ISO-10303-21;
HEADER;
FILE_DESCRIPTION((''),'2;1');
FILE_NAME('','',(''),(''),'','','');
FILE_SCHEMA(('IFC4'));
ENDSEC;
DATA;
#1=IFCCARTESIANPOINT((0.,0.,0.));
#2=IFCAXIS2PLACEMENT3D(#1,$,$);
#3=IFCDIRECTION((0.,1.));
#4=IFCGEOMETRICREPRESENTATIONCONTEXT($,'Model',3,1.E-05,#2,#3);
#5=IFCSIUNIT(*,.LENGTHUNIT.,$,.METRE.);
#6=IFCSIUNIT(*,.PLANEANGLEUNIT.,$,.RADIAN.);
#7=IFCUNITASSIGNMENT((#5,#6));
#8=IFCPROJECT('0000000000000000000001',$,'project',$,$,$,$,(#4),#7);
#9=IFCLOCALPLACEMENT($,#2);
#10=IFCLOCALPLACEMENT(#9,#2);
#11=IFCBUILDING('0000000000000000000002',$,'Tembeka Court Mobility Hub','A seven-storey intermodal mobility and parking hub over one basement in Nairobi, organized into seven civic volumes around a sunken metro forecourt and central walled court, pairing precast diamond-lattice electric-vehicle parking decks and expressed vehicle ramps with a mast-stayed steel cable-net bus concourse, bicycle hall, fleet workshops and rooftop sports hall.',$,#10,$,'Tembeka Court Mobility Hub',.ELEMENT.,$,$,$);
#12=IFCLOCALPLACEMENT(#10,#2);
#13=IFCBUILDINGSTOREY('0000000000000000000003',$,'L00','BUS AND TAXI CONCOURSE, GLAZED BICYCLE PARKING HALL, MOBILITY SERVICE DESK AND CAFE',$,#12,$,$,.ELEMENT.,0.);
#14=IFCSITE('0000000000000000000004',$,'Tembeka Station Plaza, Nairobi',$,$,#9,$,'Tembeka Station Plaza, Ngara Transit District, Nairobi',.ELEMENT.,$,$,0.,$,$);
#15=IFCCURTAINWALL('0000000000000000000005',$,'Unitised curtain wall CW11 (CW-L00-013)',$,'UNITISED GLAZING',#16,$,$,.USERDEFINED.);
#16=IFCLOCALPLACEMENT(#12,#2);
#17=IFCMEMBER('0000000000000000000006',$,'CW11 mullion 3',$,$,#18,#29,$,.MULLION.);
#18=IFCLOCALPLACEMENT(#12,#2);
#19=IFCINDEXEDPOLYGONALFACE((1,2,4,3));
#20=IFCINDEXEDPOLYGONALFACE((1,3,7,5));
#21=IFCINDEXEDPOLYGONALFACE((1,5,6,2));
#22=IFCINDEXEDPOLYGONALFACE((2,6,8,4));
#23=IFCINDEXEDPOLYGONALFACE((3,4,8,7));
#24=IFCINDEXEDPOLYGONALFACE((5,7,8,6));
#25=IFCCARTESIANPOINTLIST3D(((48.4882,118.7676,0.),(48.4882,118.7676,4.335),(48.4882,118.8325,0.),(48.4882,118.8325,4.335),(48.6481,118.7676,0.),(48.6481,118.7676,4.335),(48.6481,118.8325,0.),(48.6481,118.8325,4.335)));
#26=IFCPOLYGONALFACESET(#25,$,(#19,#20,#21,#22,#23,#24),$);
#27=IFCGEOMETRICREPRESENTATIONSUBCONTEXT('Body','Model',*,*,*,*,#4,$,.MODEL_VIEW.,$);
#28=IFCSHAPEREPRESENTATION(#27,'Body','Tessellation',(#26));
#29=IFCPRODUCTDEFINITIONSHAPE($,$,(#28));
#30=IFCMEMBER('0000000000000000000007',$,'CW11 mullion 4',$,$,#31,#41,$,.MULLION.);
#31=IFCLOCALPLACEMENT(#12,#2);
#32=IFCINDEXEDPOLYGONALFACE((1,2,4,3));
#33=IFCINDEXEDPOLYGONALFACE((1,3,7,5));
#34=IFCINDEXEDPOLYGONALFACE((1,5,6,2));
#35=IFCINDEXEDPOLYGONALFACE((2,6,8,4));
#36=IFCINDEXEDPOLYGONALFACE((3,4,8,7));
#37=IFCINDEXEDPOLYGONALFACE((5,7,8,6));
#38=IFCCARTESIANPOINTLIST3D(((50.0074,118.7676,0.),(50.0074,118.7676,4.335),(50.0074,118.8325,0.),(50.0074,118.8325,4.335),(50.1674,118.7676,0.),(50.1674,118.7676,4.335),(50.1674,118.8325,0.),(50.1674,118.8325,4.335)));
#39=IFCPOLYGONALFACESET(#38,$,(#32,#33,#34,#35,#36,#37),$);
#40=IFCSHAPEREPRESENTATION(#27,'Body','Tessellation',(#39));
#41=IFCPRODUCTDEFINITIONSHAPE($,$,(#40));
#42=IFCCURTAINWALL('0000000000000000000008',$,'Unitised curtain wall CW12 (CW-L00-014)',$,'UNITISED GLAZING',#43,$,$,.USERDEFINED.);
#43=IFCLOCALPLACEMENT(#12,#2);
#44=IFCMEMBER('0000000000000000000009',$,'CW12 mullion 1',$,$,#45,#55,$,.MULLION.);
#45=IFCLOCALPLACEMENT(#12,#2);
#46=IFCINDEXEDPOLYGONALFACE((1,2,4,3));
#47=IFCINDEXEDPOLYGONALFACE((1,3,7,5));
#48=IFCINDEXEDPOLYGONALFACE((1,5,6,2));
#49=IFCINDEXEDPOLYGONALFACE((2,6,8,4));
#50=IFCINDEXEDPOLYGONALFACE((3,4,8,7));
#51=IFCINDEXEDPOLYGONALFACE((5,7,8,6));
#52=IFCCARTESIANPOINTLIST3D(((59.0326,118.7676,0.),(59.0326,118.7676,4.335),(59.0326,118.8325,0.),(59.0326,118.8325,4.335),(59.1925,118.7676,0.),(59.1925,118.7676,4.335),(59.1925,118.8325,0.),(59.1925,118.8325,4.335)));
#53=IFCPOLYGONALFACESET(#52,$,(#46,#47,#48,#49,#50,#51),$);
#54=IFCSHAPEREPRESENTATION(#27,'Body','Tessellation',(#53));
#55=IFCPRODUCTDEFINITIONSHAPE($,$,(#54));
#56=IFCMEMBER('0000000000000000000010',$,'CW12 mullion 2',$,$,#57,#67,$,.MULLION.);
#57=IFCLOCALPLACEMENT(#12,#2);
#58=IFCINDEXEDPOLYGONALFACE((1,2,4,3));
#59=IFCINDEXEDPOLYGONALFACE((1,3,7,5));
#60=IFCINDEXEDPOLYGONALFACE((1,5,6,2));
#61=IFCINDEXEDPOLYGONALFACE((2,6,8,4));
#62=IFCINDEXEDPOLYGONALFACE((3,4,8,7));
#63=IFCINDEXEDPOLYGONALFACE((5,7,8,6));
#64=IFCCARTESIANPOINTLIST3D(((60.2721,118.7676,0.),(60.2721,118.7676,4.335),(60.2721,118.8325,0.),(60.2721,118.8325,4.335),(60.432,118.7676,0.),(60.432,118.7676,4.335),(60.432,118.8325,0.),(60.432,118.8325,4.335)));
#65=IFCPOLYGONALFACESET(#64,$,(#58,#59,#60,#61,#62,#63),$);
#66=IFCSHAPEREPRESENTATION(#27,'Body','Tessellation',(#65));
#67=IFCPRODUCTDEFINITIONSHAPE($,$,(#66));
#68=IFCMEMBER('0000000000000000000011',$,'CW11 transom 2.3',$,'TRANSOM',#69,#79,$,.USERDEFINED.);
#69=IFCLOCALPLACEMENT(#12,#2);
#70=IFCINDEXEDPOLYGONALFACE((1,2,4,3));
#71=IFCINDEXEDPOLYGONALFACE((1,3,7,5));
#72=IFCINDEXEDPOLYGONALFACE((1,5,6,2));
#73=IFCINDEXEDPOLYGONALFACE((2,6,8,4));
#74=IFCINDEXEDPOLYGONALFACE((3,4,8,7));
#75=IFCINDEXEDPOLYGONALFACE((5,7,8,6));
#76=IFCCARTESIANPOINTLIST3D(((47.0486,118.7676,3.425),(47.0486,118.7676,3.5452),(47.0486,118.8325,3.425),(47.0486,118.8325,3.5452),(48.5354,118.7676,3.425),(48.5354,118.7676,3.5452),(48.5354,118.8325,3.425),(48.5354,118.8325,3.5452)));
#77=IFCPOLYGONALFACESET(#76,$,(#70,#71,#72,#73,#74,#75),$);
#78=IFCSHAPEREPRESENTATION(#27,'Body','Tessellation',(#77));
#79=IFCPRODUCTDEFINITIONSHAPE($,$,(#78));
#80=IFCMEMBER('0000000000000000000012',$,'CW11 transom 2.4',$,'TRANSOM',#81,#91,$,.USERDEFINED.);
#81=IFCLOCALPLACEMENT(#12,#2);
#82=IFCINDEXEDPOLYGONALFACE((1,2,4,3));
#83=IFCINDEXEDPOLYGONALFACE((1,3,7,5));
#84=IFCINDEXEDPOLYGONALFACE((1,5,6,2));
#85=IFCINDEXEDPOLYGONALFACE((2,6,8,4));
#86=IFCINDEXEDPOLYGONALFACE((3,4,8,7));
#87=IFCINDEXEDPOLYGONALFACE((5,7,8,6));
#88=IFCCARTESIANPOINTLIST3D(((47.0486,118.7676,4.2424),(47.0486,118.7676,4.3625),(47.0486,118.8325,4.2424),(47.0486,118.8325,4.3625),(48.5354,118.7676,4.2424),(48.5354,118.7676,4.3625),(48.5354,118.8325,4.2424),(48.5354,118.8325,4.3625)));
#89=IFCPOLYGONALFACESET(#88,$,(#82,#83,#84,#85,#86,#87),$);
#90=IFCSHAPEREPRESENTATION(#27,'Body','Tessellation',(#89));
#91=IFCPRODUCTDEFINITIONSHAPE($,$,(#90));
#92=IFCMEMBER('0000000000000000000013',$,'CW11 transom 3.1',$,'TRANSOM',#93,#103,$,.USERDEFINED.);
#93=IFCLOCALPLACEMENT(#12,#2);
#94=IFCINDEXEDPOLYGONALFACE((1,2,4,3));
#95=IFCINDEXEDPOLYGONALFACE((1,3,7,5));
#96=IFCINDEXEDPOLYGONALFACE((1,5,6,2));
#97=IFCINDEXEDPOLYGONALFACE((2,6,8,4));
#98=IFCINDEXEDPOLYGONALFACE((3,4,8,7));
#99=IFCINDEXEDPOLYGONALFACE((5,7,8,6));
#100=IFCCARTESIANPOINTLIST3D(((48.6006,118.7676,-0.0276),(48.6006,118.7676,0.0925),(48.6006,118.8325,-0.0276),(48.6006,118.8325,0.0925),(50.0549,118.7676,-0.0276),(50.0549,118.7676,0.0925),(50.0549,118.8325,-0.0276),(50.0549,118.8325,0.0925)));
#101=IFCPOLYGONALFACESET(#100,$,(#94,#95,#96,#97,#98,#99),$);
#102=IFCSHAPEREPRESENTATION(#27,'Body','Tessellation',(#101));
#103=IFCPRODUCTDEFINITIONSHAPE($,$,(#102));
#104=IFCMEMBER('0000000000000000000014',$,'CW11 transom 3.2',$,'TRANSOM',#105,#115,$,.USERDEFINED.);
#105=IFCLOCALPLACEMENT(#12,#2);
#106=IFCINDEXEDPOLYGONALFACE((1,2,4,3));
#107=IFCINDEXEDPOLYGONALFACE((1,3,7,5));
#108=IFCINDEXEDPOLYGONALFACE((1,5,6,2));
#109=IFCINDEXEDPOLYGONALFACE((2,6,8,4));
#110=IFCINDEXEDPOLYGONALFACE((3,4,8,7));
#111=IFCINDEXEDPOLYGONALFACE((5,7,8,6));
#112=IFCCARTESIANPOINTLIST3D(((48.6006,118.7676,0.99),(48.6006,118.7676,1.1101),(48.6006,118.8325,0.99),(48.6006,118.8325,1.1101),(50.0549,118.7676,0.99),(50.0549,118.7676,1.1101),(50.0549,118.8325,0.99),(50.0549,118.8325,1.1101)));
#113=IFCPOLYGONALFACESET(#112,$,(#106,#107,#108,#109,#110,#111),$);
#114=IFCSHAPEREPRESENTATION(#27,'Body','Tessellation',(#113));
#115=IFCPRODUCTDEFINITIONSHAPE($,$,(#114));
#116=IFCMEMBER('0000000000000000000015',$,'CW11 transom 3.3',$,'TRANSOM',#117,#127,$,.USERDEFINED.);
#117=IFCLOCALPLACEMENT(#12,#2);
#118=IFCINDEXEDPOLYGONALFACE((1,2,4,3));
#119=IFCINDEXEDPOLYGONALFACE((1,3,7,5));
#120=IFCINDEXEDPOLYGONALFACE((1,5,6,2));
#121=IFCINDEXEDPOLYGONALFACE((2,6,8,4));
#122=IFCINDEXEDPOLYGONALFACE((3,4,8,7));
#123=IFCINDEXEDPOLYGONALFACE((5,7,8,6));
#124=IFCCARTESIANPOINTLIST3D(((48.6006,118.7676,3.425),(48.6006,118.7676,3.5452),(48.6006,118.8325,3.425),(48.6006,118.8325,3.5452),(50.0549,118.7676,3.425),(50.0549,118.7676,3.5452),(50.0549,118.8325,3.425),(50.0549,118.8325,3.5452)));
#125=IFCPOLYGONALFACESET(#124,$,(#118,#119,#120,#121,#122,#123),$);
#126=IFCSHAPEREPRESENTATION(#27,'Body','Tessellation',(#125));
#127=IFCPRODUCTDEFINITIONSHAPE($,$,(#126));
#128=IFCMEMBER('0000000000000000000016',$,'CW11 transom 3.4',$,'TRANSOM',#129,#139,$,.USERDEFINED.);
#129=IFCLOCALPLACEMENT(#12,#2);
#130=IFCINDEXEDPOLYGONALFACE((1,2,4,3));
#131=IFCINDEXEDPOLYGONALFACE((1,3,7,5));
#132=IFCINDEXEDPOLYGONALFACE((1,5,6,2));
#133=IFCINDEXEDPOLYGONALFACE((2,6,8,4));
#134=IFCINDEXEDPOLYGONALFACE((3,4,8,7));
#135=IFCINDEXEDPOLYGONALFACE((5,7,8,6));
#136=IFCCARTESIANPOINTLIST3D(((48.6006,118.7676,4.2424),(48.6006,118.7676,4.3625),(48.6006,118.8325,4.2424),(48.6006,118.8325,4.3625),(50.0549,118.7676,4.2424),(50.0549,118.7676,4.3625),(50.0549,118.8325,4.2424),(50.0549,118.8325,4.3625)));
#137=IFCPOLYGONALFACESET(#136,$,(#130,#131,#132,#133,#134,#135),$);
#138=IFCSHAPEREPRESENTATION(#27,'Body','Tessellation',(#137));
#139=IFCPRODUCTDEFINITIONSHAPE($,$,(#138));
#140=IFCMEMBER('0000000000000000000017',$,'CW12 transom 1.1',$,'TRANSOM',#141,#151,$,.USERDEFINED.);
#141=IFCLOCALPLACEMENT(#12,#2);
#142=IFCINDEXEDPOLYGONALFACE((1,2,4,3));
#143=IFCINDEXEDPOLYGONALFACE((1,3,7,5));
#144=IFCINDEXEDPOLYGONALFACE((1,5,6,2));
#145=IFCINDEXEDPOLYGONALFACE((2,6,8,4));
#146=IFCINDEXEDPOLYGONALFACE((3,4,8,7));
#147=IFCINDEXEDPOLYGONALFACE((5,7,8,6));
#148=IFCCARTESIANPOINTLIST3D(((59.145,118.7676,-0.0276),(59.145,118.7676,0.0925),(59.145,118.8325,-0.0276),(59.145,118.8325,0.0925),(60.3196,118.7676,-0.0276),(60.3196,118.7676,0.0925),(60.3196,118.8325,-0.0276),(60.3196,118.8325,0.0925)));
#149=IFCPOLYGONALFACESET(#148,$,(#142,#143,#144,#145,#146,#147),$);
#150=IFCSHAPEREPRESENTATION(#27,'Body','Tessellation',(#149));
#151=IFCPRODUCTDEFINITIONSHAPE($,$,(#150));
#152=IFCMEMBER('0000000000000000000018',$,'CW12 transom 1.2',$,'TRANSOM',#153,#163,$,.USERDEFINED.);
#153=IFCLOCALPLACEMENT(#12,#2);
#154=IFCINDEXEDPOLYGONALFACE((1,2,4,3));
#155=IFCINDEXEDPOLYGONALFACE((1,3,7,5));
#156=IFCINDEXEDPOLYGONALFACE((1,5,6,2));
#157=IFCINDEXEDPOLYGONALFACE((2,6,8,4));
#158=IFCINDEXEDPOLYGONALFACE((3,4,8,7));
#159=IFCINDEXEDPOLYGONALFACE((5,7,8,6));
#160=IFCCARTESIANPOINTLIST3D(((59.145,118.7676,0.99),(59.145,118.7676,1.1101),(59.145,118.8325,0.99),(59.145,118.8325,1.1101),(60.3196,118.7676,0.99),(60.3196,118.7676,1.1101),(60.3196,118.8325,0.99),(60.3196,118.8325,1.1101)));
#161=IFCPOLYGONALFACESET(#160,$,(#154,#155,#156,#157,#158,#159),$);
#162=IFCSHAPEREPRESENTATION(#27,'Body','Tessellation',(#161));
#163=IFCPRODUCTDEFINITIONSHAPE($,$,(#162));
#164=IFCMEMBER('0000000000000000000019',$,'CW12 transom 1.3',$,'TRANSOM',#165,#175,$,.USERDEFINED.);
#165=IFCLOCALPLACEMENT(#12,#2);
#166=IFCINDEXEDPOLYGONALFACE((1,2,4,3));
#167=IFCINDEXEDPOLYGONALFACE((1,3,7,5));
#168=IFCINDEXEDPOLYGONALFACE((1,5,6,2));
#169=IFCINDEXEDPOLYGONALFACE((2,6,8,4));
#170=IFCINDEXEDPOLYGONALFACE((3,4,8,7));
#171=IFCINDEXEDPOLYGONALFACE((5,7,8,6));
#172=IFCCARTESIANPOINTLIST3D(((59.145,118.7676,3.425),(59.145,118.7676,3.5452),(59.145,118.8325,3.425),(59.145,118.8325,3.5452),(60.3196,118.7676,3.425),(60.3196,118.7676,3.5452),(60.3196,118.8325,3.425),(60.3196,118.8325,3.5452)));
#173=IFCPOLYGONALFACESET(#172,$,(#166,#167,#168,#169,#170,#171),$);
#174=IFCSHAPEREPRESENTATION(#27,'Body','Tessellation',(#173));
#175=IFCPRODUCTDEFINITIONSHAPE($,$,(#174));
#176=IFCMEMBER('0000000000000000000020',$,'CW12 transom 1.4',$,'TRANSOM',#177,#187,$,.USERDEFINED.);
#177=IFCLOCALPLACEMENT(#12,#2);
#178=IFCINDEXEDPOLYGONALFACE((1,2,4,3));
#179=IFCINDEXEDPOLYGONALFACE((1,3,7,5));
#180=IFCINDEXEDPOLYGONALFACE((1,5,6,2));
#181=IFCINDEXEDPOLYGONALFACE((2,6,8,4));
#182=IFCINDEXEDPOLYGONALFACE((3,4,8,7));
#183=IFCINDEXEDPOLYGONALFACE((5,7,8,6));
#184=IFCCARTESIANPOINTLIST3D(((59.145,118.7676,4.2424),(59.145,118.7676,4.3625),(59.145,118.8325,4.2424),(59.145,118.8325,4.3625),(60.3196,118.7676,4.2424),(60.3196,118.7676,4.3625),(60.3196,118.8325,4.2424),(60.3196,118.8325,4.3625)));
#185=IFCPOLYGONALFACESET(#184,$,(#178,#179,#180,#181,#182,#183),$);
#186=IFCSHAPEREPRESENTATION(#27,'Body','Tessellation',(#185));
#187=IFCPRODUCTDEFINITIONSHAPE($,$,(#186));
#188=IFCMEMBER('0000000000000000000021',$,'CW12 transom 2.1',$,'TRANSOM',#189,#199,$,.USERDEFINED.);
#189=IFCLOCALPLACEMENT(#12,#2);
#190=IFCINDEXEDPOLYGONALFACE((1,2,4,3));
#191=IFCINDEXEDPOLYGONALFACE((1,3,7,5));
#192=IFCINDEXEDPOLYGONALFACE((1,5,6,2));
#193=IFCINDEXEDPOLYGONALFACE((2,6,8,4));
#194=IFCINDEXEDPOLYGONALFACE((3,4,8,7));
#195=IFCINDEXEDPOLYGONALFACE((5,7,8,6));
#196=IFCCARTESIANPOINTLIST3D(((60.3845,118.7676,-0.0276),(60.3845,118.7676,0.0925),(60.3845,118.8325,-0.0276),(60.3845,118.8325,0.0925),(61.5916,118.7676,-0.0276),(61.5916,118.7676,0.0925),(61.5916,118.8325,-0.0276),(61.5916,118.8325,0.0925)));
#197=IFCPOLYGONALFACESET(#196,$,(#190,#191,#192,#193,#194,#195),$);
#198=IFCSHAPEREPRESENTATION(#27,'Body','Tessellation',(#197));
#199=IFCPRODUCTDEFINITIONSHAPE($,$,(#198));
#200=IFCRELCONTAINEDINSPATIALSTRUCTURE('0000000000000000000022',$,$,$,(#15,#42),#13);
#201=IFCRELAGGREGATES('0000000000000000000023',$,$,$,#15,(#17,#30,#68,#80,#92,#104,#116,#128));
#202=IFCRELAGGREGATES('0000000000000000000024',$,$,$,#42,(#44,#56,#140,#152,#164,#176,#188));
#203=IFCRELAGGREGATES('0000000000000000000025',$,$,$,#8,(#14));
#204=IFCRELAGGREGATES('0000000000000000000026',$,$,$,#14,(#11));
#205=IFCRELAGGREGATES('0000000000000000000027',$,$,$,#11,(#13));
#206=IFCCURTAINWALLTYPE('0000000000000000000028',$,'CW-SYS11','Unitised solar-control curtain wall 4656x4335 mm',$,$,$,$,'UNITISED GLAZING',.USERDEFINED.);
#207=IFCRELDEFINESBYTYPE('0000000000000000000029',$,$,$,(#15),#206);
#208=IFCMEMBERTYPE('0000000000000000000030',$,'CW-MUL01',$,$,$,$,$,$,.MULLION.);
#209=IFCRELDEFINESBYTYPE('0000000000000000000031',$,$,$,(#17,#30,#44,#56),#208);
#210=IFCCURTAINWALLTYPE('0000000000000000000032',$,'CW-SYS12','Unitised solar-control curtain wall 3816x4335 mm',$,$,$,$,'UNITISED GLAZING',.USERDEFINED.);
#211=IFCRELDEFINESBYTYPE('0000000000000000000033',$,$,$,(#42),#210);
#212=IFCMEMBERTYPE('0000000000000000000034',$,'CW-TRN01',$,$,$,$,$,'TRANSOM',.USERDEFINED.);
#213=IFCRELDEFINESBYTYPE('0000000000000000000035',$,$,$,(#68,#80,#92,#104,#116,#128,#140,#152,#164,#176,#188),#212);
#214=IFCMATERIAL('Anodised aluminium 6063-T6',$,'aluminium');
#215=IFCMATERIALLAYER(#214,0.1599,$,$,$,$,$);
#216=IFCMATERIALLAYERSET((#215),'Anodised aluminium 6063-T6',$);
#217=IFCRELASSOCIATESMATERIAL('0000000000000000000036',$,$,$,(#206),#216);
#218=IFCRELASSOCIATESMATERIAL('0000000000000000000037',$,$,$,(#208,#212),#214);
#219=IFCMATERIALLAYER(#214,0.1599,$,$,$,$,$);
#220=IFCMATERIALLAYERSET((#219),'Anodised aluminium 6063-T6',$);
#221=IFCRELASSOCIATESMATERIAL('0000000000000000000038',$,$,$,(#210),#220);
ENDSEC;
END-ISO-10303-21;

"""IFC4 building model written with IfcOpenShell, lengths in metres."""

from ifc_helpers import new_model, si_unit, direction, frame, origin, origin_2d, place, context, subcontext, project, spatial, rectangle, extrude, material, layer, layer_set, material_profile, profile_set, type_object, element, aggregate, save


model = new_model("IFC4")

# Units and contexts
model_context = context("Model", 3, precision=1e-05, world=origin(), true_north=direction((0.0, 1.0)))
body_context = subcontext(model_context, "Body", "Model", "MODEL_VIEW")
ifc_project = project(units=[si_unit("LENGTHUNIT", "METRE"), si_unit("PLANEANGLEUNIT", "RADIAN")], contexts=[model_context])

# Site, building, storey
site_placement = place(None, origin())
site = spatial("IfcSite", under=ifc_project, at=site_placement, Name="Tembeka Station Plaza, Nairobi", LongName="Tembeka Station Plaza, Ngara Transit District, Nairobi", CompositionType="ELEMENT", RefElevation=0.0)
building_placement = place(site_placement, origin())
building = spatial("IfcBuilding", under=site, at=building_placement, Name="Tembeka Court Mobility Hub", Description="A seven-storey intermodal mobility and parking hub over one basement in Nairobi, organized into seven civic volumes around a sunken metro forecourt and central walled court, pairing precast diamond-lattice electric-vehicle parking decks and expressed vehicle ramps with a mast-stayed steel cable-net bus concourse, bicycle hall, fleet workshops and rooftop sports hall.", LongName="Tembeka Court Mobility Hub", CompositionType="ELEMENT")
storey_placement = place(building_placement, origin())
storey = spatial("IfcBuildingStorey", under=building, at=storey_placement, Name="L00", Description="BUS AND TAXI CONCOURSE, GLAZED BICYCLE PARKING HALL, MOBILITY SERVICE DESK AND CAFE", CompositionType="ELEMENT", Elevation=0.0)

# Curtain walls, members
ifc_material_1 = material(Name="Anodised aluminium 6063-T6", Category="aluminium")
ifc_layer_1 = layer(ifc_material_1, 0.1599)
ifc_layer_set_1 = layer_set([ifc_layer_1], Name="Anodised aluminium 6063-T6")
curtain_wall_type_1 = type_object("IfcCurtainWallType", Name="CW-SYS11", Description="Unitised solar-control curtain wall 4656x4335 mm", ElementType="UNITISED GLAZING", PredefinedType="USERDEFINED", material=ifc_layer_set_1)
curtain_wall_1_placement = place(storey_placement, origin())
curtain_wall_1 = element("IfcCurtainWall", 1, at=curtain_wall_1_placement, inside=storey, type_object=curtain_wall_type_1, Name="Unitised curtain wall CW11 (CW-L00-013)", ObjectType="UNITISED GLAZING", PredefinedType="USERDEFINED")
ifc_material_profile_1 = material_profile(ifc_material_1, rectangle(XDim=0.0649, YDim=0.1599, at=origin_2d()), Name="ALU-MUL 65x160")
ifc_profile_set_1 = profile_set([ifc_material_profile_1], Name="Anodised aluminium 6063-T6")
member_type_1 = type_object("IfcMemberType", Name="CW-MUL01", PredefinedType="MULLION", material=ifc_profile_set_1)
member_1_placement = place(storey_placement, frame((48.5681, 118.8, 0.0), z_axis=(0.0, 0.0, 1.0), x_axis=(0.0, 1.0, 0.0)))
member_1 = element("IfcMember", 2, at=member_1_placement, type_object=member_type_1, Name="CW11 mullion 3", PredefinedType="MULLION", context=body_context, shape_type="SweptSolid", body=[
    extrude(rectangle(XDim=0.0649, YDim=0.1599, at=origin_2d()), origin(), (0.0, 0.0, 1.0), 4.335),
])
member_2_placement = place(storey_placement, frame((50.0874, 118.8, 0.0), z_axis=(0.0, 0.0, 1.0), x_axis=(0.0, 1.0, 0.0)))
member_2 = element("IfcMember", 3, at=member_2_placement, type_object=member_type_1, Name="CW11 mullion 4", PredefinedType="MULLION", context=body_context, shape_type="SweptSolid", body=[
    extrude(rectangle(XDim=0.0649, YDim=0.1599, at=origin_2d()), origin(), (0.0, 0.0, 1.0), 4.335),
])
ifc_layer_2 = layer(ifc_material_1, 0.1599)
ifc_layer_set_2 = layer_set([ifc_layer_2], Name="Anodised aluminium 6063-T6")
curtain_wall_type_2 = type_object("IfcCurtainWallType", Name="CW-SYS12", Description="Unitised solar-control curtain wall 3816x4335 mm", ElementType="UNITISED GLAZING", PredefinedType="USERDEFINED", material=ifc_layer_set_2)
curtain_wall_2_placement = place(storey_placement, origin())
curtain_wall_2 = element("IfcCurtainWall", 4, at=curtain_wall_2_placement, inside=storey, type_object=curtain_wall_type_2, Name="Unitised curtain wall CW12 (CW-L00-014)", ObjectType="UNITISED GLAZING", PredefinedType="USERDEFINED")
member_3_placement = place(storey_placement, frame((59.1125, 118.8, 0.0), z_axis=(0.0, 0.0, 1.0), x_axis=(0.0, 1.0, 0.0)))
member_3 = element("IfcMember", 5, at=member_3_placement, type_object=member_type_1, Name="CW12 mullion 1", PredefinedType="MULLION", context=body_context, shape_type="SweptSolid", body=[
    extrude(rectangle(XDim=0.0649, YDim=0.1599, at=origin_2d()), origin(), (0.0, 0.0, 1.0), 4.335),
])
member_4_placement = place(storey_placement, frame((60.3521, 118.8, 0.0), z_axis=(0.0, 0.0, 1.0), x_axis=(0.0, 1.0, 0.0)))
member_4 = element("IfcMember", 6, at=member_4_placement, type_object=member_type_1, Name="CW12 mullion 2", PredefinedType="MULLION", context=body_context, shape_type="SweptSolid", body=[
    extrude(rectangle(XDim=0.0649, YDim=0.1599, at=origin_2d()), origin(), (0.0, 0.0, 1.0), 4.335),
])

# Members
ifc_material_profile_2 = material_profile(ifc_material_1, rectangle(XDim=0.0649, YDim=0.1201, at=origin_2d()), Name="ALU-TRN 65x120")
ifc_profile_set_2 = profile_set([ifc_material_profile_2], Name="Anodised aluminium 6063-T6")
member_type_2 = type_object("IfcMemberType", Name="CW-TRN01", ElementType="TRANSOM", PredefinedType="USERDEFINED", material=ifc_profile_set_2)
member_5_placement = place(storey_placement, frame((47.0486, 118.8, 3.4851), z_axis=(1.0, 0.0, 0.0), x_axis=(0.0, 1.0, 0.0)))
member_5 = element("IfcMember", 7, at=member_5_placement, type_object=member_type_2, Name="CW11 transom 2.3", ObjectType="TRANSOM", PredefinedType="USERDEFINED", context=body_context, shape_type="SweptSolid", body=[
    extrude(rectangle(XDim=0.0649, YDim=0.1201, at=origin_2d()), origin(), (0.0, 0.0, 1.0), 1.4868),
])
member_6_placement = place(storey_placement, frame((47.0486, 118.8, 4.3025), z_axis=(1.0, 0.0, 0.0), x_axis=(0.0, 1.0, 0.0)))
member_6 = element("IfcMember", 8, at=member_6_placement, type_object=member_type_2, Name="CW11 transom 2.4", ObjectType="TRANSOM", PredefinedType="USERDEFINED", context=body_context, shape_type="SweptSolid", body=[
    extrude(rectangle(XDim=0.0649, YDim=0.1201, at=origin_2d()), origin(), (0.0, 0.0, 1.0), 1.4868),
])
member_7_placement = place(storey_placement, frame((48.6006, 118.8, 0.0325), z_axis=(1.0, 0.0, 0.0), x_axis=(0.0, 1.0, 0.0)))
member_7 = element("IfcMember", 9, at=member_7_placement, type_object=member_type_2, Name="CW11 transom 3.1", ObjectType="TRANSOM", PredefinedType="USERDEFINED", context=body_context, shape_type="SweptSolid", body=[
    extrude(rectangle(XDim=0.0649, YDim=0.1201, at=origin_2d()), origin(), (0.0, 0.0, 1.0), 1.4543),
])
member_8_placement = place(storey_placement, frame((48.6006, 118.8, 1.05), z_axis=(1.0, 0.0, 0.0), x_axis=(0.0, 1.0, 0.0)))
member_8 = element("IfcMember", 10, at=member_8_placement, type_object=member_type_2, Name="CW11 transom 3.2", ObjectType="TRANSOM", PredefinedType="USERDEFINED", context=body_context, shape_type="SweptSolid", body=[
    extrude(rectangle(XDim=0.0649, YDim=0.1201, at=origin_2d()), origin(), (0.0, 0.0, 1.0), 1.4543),
])
member_9_placement = place(storey_placement, frame((48.6006, 118.8, 3.4851), z_axis=(1.0, 0.0, 0.0), x_axis=(0.0, 1.0, 0.0)))
member_9 = element("IfcMember", 11, at=member_9_placement, type_object=member_type_2, Name="CW11 transom 3.3", ObjectType="TRANSOM", PredefinedType="USERDEFINED", context=body_context, shape_type="SweptSolid", body=[
    extrude(rectangle(XDim=0.0649, YDim=0.1201, at=origin_2d()), origin(), (0.0, 0.0, 1.0), 1.4543),
])
member_10_placement = place(storey_placement, frame((48.6006, 118.8, 4.3025), z_axis=(1.0, 0.0, 0.0), x_axis=(0.0, 1.0, 0.0)))
member_10 = element("IfcMember", 12, at=member_10_placement, type_object=member_type_2, Name="CW11 transom 3.4", ObjectType="TRANSOM", PredefinedType="USERDEFINED", context=body_context, shape_type="SweptSolid", body=[
    extrude(rectangle(XDim=0.0649, YDim=0.1201, at=origin_2d()), origin(), (0.0, 0.0, 1.0), 1.4543),
])
member_11_placement = place(storey_placement, frame((59.145, 118.8, 0.0325), z_axis=(1.0, 0.0, 0.0), x_axis=(0.0, 1.0, 0.0)))
member_11 = element("IfcMember", 13, at=member_11_placement, type_object=member_type_2, Name="CW12 transom 1.1", ObjectType="TRANSOM", PredefinedType="USERDEFINED", context=body_context, shape_type="SweptSolid", body=[
    extrude(rectangle(XDim=0.0649, YDim=0.1201, at=origin_2d()), origin(), (0.0, 0.0, 1.0), 1.1746),
])
member_12_placement = place(storey_placement, frame((59.145, 118.8, 1.05), z_axis=(1.0, 0.0, 0.0), x_axis=(0.0, 1.0, 0.0)))
member_12 = element("IfcMember", 14, at=member_12_placement, type_object=member_type_2, Name="CW12 transom 1.2", ObjectType="TRANSOM", PredefinedType="USERDEFINED", context=body_context, shape_type="SweptSolid", body=[
    extrude(rectangle(XDim=0.0649, YDim=0.1201, at=origin_2d()), origin(), (0.0, 0.0, 1.0), 1.1746),
])
member_13_placement = place(storey_placement, frame((59.145, 118.8, 3.4851), z_axis=(1.0, 0.0, 0.0), x_axis=(0.0, 1.0, 0.0)))
member_13 = element("IfcMember", 15, at=member_13_placement, type_object=member_type_2, Name="CW12 transom 1.3", ObjectType="TRANSOM", PredefinedType="USERDEFINED", context=body_context, shape_type="SweptSolid", body=[
    extrude(rectangle(XDim=0.0649, YDim=0.1201, at=origin_2d()), origin(), (0.0, 0.0, 1.0), 1.1746),
])
member_14_placement = place(storey_placement, frame((59.145, 118.8, 4.3025), z_axis=(1.0, 0.0, 0.0), x_axis=(0.0, 1.0, 0.0)))
member_14 = element("IfcMember", 16, at=member_14_placement, type_object=member_type_2, Name="CW12 transom 1.4", ObjectType="TRANSOM", PredefinedType="USERDEFINED", context=body_context, shape_type="SweptSolid", body=[
    extrude(rectangle(XDim=0.0649, YDim=0.1201, at=origin_2d()), origin(), (0.0, 0.0, 1.0), 1.1746),
])
member_15_placement = place(storey_placement, frame((60.3845, 118.8, 0.0325), z_axis=(1.0, 0.0, 0.0), x_axis=(0.0, 1.0, 0.0)))
member_15 = element("IfcMember", 17, at=member_15_placement, type_object=member_type_2, Name="CW12 transom 2.1", ObjectType="TRANSOM", PredefinedType="USERDEFINED", context=body_context, shape_type="SweptSolid", body=[
    extrude(rectangle(XDim=0.0649, YDim=0.1201, at=origin_2d()), origin(), (0.0, 0.0, 1.0), 1.207),
])

aggregate(curtain_wall_1, [member_1, member_2, member_5, member_6, member_7, member_8, member_9, member_10])
aggregate(curtain_wall_2, [member_3, member_4, member_11, member_12, member_13, member_14, member_15])

save(model, "model.ifc")
